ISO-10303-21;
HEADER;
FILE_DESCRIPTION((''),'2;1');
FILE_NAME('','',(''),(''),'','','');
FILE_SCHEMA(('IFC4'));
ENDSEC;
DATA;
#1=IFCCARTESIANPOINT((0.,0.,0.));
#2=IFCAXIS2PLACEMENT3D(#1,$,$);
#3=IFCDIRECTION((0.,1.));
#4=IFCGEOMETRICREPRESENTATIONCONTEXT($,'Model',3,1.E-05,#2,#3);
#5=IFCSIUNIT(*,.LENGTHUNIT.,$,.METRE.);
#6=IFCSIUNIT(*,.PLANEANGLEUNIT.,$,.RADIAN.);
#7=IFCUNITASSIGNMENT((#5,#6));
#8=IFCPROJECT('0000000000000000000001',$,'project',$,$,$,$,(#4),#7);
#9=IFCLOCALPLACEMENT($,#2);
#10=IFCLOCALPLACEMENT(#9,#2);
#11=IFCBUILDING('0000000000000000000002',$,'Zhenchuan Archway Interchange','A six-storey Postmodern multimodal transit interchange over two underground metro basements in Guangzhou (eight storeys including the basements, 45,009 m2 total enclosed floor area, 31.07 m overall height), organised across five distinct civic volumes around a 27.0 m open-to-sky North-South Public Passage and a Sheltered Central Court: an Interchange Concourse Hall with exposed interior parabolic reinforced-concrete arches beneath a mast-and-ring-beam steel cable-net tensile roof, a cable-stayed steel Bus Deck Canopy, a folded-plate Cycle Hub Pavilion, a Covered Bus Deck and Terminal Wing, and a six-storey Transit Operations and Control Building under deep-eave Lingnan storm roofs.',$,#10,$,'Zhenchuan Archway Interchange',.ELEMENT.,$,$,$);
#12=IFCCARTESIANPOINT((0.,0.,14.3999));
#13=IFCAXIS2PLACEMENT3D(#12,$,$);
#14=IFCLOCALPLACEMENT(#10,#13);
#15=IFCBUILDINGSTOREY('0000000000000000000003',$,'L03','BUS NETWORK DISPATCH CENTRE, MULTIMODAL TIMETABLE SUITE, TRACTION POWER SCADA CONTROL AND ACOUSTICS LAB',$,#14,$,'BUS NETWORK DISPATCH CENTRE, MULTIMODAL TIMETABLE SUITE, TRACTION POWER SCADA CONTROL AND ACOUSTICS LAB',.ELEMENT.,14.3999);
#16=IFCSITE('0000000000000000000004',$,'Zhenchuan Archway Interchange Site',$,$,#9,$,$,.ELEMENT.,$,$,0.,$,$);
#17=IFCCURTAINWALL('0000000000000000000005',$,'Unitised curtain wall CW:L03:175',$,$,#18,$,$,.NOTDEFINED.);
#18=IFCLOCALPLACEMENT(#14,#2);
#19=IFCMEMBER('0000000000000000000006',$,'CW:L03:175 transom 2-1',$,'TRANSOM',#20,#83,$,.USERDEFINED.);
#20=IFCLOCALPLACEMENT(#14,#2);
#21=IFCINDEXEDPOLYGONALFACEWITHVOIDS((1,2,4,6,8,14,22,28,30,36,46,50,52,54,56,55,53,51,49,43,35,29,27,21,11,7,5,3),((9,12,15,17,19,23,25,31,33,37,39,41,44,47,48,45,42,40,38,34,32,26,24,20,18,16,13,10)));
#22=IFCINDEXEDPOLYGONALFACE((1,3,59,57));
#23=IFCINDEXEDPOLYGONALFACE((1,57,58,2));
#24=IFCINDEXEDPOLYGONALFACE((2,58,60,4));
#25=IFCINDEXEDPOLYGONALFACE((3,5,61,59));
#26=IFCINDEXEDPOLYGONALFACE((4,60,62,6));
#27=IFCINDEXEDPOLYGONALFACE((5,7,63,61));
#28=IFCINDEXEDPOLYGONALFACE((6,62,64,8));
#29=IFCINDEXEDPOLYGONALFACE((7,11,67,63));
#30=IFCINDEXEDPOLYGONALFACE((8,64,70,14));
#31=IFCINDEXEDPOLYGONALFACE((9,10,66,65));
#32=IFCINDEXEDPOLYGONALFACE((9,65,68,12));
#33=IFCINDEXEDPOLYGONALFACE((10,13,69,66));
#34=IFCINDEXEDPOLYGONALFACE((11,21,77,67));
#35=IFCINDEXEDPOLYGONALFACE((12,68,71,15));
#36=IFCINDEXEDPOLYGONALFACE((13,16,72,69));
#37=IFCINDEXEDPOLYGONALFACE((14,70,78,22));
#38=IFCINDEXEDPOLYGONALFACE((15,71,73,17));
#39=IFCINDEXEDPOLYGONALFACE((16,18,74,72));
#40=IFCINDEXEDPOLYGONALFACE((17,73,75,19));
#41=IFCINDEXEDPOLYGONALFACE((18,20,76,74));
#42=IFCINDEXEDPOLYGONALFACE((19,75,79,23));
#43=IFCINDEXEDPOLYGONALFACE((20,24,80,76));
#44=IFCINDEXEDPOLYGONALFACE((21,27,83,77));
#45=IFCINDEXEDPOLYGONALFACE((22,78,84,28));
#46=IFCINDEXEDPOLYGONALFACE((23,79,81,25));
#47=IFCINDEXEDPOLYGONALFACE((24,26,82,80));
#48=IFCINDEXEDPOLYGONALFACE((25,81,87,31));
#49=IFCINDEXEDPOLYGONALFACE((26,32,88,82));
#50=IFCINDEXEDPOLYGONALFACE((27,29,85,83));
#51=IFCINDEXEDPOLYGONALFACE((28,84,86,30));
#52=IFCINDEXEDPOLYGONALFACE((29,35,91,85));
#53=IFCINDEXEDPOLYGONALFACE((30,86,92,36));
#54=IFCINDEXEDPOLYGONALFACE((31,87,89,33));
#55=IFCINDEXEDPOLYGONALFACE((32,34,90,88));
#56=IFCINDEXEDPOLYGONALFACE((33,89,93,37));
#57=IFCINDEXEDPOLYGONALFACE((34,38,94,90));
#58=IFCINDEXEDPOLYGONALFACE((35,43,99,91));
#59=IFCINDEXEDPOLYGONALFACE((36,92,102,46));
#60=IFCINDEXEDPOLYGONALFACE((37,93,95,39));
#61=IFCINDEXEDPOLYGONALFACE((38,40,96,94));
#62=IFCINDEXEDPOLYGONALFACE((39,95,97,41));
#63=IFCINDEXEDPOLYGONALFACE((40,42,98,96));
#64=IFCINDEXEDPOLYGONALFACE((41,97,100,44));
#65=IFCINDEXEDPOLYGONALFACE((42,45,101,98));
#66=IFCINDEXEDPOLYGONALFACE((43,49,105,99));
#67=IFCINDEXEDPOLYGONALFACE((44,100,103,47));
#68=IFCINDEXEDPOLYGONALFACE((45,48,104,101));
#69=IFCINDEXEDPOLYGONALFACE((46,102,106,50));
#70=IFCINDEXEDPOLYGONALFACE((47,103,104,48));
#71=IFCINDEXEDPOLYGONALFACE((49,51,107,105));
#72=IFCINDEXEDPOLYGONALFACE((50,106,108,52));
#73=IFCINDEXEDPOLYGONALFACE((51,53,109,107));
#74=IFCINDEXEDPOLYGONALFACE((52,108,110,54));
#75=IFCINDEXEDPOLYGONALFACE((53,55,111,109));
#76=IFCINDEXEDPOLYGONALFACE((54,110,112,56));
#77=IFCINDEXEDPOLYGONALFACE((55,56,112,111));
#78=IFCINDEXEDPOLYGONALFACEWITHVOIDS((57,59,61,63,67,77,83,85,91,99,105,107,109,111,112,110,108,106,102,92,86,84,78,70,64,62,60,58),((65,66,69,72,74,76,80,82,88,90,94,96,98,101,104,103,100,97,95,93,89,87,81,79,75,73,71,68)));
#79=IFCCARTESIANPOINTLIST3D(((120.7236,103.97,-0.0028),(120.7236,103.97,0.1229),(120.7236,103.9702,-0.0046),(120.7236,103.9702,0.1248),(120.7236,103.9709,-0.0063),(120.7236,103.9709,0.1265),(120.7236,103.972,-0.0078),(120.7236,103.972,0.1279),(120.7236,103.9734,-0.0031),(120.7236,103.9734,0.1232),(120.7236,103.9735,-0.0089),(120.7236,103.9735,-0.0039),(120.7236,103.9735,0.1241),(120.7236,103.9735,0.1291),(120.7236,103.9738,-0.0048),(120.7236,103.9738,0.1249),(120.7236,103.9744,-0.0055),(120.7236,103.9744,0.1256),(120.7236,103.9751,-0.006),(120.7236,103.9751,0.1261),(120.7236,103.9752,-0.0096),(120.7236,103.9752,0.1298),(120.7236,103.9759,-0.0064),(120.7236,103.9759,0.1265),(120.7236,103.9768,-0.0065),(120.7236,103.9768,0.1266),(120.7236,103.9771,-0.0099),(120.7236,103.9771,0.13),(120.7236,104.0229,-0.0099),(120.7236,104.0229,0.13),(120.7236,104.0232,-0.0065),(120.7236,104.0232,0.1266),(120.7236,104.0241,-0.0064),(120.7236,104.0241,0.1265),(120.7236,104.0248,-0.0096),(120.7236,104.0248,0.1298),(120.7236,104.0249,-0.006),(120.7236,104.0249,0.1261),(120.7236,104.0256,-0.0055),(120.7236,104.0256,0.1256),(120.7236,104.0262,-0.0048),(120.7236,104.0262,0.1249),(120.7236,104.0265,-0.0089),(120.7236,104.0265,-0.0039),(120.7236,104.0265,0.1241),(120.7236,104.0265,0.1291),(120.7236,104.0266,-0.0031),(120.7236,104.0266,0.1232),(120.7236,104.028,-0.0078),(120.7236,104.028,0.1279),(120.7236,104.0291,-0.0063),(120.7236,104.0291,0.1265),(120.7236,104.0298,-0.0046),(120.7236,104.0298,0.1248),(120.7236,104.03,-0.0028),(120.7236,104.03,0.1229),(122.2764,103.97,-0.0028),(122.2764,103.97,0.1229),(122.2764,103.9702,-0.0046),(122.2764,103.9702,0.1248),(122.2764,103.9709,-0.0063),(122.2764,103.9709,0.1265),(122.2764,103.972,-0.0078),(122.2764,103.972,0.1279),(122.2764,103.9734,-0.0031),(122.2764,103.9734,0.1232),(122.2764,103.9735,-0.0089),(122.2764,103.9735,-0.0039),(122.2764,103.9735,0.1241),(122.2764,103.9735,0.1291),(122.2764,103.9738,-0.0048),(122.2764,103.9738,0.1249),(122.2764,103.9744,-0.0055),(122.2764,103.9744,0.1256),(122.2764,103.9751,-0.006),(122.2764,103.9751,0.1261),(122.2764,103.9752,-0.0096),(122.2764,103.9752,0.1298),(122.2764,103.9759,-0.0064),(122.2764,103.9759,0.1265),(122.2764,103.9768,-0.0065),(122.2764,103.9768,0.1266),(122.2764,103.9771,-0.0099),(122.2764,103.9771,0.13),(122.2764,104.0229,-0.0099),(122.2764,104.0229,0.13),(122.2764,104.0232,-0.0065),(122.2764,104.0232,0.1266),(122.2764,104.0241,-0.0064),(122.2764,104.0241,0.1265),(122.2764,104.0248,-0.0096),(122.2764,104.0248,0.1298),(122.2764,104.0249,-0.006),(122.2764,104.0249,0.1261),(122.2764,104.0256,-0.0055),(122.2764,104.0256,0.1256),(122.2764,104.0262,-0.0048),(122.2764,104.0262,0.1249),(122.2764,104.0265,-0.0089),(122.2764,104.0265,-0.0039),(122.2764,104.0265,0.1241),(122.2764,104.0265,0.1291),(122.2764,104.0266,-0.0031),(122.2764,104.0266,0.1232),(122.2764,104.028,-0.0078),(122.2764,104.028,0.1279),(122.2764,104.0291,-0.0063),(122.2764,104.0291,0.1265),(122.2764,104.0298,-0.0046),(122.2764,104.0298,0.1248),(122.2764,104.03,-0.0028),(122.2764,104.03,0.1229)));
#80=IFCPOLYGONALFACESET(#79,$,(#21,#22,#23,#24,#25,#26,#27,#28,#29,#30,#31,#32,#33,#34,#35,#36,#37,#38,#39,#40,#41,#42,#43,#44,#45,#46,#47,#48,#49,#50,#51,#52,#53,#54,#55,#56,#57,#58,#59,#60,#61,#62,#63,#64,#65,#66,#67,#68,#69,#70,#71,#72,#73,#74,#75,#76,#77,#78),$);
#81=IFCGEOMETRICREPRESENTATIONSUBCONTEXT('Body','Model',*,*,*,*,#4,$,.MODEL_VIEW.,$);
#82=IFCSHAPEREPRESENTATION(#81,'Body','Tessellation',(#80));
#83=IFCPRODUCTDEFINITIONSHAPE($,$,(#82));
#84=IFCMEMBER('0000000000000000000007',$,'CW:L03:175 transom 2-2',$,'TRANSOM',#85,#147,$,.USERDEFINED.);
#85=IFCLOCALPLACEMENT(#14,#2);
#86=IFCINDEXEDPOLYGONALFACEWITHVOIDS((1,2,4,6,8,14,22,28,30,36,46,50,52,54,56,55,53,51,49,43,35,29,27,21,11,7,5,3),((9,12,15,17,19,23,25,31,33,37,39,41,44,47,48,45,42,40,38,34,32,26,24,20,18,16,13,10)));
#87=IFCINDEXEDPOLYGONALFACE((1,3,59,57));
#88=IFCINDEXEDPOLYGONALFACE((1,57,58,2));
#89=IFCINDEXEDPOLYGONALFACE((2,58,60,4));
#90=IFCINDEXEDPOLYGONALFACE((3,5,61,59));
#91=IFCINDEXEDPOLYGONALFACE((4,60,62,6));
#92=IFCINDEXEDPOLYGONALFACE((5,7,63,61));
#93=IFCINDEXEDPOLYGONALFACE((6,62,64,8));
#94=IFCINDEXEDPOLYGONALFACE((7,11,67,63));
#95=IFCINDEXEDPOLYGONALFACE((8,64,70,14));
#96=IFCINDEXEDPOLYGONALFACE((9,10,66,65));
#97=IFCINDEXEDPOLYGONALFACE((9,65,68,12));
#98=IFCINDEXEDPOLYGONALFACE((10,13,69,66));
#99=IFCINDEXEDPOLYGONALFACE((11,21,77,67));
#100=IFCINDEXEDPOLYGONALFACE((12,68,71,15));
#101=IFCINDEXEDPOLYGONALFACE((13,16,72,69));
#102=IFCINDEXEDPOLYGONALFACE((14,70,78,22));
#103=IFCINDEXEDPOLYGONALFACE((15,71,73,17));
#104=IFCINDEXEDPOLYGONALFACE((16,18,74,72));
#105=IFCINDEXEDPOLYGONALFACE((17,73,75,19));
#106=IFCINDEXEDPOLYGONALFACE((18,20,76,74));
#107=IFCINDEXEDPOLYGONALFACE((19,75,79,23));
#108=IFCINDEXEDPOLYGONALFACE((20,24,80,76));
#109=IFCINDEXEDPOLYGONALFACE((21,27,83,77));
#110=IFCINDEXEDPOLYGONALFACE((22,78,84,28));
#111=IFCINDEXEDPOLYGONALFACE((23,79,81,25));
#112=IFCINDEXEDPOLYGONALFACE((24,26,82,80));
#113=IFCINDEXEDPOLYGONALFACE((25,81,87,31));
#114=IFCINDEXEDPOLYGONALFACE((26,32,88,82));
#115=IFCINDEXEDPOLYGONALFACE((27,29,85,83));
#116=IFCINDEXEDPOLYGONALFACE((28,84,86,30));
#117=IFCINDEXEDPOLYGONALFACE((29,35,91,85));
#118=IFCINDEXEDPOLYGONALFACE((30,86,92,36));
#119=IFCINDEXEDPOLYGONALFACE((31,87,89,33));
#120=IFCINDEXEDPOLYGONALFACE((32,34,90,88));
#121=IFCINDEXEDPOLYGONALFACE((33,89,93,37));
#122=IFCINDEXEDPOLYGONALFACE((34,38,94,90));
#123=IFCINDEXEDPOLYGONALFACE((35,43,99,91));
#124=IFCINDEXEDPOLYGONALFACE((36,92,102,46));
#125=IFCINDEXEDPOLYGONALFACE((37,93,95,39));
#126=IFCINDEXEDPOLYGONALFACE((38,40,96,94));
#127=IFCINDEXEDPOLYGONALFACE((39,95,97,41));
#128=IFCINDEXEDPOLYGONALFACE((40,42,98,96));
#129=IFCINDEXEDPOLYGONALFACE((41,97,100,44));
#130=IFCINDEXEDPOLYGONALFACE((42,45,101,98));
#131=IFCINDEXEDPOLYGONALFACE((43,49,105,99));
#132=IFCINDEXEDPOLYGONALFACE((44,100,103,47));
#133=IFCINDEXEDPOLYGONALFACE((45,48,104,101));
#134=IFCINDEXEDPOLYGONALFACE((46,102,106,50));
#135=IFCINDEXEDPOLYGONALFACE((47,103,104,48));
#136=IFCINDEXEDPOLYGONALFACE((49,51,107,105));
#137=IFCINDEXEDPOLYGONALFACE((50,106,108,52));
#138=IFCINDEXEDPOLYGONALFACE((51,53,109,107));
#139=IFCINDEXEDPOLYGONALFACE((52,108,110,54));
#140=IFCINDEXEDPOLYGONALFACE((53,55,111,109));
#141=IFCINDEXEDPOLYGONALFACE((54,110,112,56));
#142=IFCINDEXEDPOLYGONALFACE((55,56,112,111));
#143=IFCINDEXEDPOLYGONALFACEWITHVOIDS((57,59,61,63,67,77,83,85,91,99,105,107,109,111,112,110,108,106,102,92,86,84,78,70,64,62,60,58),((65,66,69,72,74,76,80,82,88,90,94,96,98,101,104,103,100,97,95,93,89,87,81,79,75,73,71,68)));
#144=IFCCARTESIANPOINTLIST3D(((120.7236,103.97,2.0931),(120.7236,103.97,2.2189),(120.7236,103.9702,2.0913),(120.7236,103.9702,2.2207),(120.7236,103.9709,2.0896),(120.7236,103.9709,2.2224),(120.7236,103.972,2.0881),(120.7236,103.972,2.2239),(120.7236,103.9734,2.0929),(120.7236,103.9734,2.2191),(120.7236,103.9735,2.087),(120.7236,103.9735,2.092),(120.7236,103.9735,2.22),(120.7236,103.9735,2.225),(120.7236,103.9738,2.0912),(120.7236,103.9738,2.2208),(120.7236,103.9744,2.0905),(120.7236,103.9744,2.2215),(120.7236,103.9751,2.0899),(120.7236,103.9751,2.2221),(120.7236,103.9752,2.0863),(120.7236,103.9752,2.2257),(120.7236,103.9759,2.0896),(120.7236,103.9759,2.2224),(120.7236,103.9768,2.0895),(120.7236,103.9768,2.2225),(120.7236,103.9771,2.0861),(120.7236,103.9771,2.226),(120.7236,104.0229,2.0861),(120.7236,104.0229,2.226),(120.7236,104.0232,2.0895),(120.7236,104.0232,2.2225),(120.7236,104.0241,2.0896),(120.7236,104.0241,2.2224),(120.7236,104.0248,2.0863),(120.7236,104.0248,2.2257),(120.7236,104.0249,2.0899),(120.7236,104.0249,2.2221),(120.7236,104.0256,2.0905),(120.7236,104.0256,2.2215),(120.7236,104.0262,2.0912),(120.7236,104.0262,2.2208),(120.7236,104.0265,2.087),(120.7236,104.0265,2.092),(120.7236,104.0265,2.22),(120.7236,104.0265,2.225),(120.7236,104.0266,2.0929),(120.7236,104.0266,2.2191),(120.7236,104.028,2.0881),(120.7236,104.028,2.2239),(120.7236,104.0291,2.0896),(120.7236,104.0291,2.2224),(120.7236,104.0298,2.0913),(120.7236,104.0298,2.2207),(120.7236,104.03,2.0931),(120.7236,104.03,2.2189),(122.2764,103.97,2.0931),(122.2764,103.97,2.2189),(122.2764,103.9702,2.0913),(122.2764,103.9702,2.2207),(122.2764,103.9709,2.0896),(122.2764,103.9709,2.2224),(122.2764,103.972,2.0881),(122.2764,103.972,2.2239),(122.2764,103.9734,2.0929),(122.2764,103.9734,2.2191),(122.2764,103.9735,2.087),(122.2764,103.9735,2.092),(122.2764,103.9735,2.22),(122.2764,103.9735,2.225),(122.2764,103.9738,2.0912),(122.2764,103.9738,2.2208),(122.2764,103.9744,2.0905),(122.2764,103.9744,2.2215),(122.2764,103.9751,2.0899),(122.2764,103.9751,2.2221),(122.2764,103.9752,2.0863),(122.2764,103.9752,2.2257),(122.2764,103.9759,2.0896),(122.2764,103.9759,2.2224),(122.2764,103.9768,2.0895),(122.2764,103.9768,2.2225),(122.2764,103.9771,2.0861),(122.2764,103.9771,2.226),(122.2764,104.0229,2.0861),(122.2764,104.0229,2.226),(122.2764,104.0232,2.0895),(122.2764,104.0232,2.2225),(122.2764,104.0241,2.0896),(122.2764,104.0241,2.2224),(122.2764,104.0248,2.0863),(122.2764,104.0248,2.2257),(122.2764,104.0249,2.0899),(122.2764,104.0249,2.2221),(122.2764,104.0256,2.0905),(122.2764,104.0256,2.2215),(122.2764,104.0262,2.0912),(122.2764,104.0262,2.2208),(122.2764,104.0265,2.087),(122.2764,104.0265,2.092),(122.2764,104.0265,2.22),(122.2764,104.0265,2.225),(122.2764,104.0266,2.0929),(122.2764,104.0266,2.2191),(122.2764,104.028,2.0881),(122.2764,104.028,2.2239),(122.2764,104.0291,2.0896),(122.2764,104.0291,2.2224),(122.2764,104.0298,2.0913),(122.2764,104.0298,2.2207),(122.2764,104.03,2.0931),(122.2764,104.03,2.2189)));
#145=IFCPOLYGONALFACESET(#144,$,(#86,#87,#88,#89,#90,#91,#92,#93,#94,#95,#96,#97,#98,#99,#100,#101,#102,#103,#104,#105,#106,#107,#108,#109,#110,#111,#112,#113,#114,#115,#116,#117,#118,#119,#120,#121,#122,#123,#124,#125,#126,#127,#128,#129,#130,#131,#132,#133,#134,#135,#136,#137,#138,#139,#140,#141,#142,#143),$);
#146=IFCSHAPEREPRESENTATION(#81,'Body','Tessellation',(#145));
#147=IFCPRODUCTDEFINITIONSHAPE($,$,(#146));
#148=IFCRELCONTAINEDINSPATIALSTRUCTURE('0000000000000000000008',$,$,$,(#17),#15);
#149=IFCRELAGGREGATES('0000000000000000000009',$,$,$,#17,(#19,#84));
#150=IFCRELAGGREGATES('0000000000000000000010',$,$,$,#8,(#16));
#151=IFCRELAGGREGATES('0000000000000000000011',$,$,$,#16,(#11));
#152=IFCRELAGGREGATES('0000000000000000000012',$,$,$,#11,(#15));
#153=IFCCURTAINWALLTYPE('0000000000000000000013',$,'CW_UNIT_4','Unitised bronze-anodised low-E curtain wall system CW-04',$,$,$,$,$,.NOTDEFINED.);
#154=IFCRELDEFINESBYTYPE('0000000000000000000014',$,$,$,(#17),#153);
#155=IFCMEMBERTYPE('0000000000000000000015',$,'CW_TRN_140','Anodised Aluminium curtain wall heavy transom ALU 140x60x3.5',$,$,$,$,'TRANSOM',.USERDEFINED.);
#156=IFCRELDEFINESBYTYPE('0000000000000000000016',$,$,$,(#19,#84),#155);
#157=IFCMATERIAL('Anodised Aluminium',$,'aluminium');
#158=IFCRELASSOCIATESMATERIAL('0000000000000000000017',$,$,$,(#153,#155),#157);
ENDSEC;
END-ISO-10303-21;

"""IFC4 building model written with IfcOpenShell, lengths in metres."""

from ifc_helpers import new_model, si_unit, direction, frame, origin, origin_2d, place, context, subcontext, project, spatial, hollow_rectangle, extrude, material, material_profile, profile_set, type_object, element, aggregate, save


model = new_model("IFC4")

# Units and contexts
model_context = context("Model", 3, precision=1e-05, world=origin(), true_north=direction((0.0, 1.0)))
body_context = subcontext(model_context, "Body", "Model", "MODEL_VIEW")
ifc_project = project(units=[si_unit("LENGTHUNIT", "METRE"), si_unit("PLANEANGLEUNIT", "RADIAN")], contexts=[model_context])

# Site, building, storey
site_placement = place(None, origin())
site = spatial("IfcSite", under=ifc_project, at=site_placement, Name="Zhenchuan Archway Interchange Site", CompositionType="ELEMENT", RefElevation=0.0)
building_placement = place(site_placement, origin())
building = spatial("IfcBuilding", under=site, at=building_placement, Name="Zhenchuan Archway Interchange", Description="A six-storey Postmodern multimodal transit interchange over two underground metro basements in Guangzhou (eight storeys including the basements, 45,009 m2 total enclosed floor area, 31.07 m overall height), organised across five distinct civic volumes around a 27.0 m open-to-sky North-South Public Passage and a Sheltered Central Court: an Interchange Concourse Hall with exposed interior parabolic reinforced-concrete arches beneath a mast-and-ring-beam steel cable-net tensile roof, a cable-stayed steel Bus Deck Canopy, a folded-plate Cycle Hub Pavilion, a Covered Bus Deck and Terminal Wing, and a six-storey Transit Operations and Control Building under deep-eave Lingnan storm roofs.", LongName="Zhenchuan Archway Interchange", CompositionType="ELEMENT")
storey_placement = place(building_placement, frame((0.0, 0.0, 14.3999)))
storey = spatial("IfcBuildingStorey", under=building, at=storey_placement, Name="L03", Description="BUS NETWORK DISPATCH CENTRE, MULTIMODAL TIMETABLE SUITE, TRACTION POWER SCADA CONTROL AND ACOUSTICS LAB", LongName="BUS NETWORK DISPATCH CENTRE, MULTIMODAL TIMETABLE SUITE, TRACTION POWER SCADA CONTROL AND ACOUSTICS LAB", CompositionType="ELEMENT", Elevation=14.3999)

# Shared definitions
ifc_material_1 = material(Name="Anodised Aluminium", Category="aluminium")

# Curtain wall
curtain_wall_type_1 = type_object("IfcCurtainWallType", Name="CW_UNIT_4", Description="Unitised bronze-anodised low-E curtain wall system CW-04", PredefinedType="NOTDEFINED", material=ifc_material_1)
curtain_wall_1_placement = place(storey_placement, origin())
curtain_wall_1 = element("IfcCurtainWall", 1, at=curtain_wall_1_placement, inside=storey, type_object=curtain_wall_type_1, Name="Unitised curtain wall CW:L03:175", PredefinedType="NOTDEFINED")

# Members
ifc_material_profile_1 = material_profile(ifc_material_1, hollow_rectangle(XDim=0.0601, YDim=0.1399, WallThickness=0.0034, InnerFilletRadius=0.0034, OuterFilletRadius=0.0071, at=origin_2d()), Name="ALU 140x60x3.5")
ifc_profile_set_1 = profile_set([ifc_material_profile_1], Name="Anodised Aluminium")
member_type_1 = type_object("IfcMemberType", Name="CW_TRN_140", Description="Anodised Aluminium curtain wall heavy transom ALU 140x60x3.5", ElementType="TRANSOM", PredefinedType="USERDEFINED", material=ifc_profile_set_1)
member_1_placement = place(storey_placement, frame((120.7236, 104.0, 0.0601), z_axis=(1.0, 0.0, 0.0), x_axis=(0.0, 1.0, 0.0)))
member_1 = element("IfcMember", 2, at=member_1_placement, type_object=member_type_1, Name="CW:L03:175 transom 2-1", ObjectType="TRANSOM", PredefinedType="USERDEFINED", context=body_context, shape_type="SweptSolid", body=[
    extrude(hollow_rectangle(XDim=0.0601, YDim=0.1399, WallThickness=0.0034, InnerFilletRadius=0.0034, OuterFilletRadius=0.0071, at=origin_2d()), origin(), (0.0, 0.0, 1.0), 1.5527),
])
member_2_placement = place(storey_placement, frame((120.7236, 104.0, 2.156), z_axis=(1.0, 0.0, 0.0), x_axis=(0.0, 1.0, 0.0)))
member_2 = element("IfcMember", 3, at=member_2_placement, type_object=member_type_1, Name="CW:L03:175 transom 2-2", ObjectType="TRANSOM", PredefinedType="USERDEFINED", context=body_context, shape_type="SweptSolid", body=[
    extrude(hollow_rectangle(XDim=0.0601, YDim=0.1399, WallThickness=0.0034, InnerFilletRadius=0.0034, OuterFilletRadius=0.0071, at=origin_2d()), origin(), (0.0, 0.0, 1.0), 1.5527),
])

aggregate(curtain_wall_1, [member_1, member_2])

save(model, "model.ifc")
